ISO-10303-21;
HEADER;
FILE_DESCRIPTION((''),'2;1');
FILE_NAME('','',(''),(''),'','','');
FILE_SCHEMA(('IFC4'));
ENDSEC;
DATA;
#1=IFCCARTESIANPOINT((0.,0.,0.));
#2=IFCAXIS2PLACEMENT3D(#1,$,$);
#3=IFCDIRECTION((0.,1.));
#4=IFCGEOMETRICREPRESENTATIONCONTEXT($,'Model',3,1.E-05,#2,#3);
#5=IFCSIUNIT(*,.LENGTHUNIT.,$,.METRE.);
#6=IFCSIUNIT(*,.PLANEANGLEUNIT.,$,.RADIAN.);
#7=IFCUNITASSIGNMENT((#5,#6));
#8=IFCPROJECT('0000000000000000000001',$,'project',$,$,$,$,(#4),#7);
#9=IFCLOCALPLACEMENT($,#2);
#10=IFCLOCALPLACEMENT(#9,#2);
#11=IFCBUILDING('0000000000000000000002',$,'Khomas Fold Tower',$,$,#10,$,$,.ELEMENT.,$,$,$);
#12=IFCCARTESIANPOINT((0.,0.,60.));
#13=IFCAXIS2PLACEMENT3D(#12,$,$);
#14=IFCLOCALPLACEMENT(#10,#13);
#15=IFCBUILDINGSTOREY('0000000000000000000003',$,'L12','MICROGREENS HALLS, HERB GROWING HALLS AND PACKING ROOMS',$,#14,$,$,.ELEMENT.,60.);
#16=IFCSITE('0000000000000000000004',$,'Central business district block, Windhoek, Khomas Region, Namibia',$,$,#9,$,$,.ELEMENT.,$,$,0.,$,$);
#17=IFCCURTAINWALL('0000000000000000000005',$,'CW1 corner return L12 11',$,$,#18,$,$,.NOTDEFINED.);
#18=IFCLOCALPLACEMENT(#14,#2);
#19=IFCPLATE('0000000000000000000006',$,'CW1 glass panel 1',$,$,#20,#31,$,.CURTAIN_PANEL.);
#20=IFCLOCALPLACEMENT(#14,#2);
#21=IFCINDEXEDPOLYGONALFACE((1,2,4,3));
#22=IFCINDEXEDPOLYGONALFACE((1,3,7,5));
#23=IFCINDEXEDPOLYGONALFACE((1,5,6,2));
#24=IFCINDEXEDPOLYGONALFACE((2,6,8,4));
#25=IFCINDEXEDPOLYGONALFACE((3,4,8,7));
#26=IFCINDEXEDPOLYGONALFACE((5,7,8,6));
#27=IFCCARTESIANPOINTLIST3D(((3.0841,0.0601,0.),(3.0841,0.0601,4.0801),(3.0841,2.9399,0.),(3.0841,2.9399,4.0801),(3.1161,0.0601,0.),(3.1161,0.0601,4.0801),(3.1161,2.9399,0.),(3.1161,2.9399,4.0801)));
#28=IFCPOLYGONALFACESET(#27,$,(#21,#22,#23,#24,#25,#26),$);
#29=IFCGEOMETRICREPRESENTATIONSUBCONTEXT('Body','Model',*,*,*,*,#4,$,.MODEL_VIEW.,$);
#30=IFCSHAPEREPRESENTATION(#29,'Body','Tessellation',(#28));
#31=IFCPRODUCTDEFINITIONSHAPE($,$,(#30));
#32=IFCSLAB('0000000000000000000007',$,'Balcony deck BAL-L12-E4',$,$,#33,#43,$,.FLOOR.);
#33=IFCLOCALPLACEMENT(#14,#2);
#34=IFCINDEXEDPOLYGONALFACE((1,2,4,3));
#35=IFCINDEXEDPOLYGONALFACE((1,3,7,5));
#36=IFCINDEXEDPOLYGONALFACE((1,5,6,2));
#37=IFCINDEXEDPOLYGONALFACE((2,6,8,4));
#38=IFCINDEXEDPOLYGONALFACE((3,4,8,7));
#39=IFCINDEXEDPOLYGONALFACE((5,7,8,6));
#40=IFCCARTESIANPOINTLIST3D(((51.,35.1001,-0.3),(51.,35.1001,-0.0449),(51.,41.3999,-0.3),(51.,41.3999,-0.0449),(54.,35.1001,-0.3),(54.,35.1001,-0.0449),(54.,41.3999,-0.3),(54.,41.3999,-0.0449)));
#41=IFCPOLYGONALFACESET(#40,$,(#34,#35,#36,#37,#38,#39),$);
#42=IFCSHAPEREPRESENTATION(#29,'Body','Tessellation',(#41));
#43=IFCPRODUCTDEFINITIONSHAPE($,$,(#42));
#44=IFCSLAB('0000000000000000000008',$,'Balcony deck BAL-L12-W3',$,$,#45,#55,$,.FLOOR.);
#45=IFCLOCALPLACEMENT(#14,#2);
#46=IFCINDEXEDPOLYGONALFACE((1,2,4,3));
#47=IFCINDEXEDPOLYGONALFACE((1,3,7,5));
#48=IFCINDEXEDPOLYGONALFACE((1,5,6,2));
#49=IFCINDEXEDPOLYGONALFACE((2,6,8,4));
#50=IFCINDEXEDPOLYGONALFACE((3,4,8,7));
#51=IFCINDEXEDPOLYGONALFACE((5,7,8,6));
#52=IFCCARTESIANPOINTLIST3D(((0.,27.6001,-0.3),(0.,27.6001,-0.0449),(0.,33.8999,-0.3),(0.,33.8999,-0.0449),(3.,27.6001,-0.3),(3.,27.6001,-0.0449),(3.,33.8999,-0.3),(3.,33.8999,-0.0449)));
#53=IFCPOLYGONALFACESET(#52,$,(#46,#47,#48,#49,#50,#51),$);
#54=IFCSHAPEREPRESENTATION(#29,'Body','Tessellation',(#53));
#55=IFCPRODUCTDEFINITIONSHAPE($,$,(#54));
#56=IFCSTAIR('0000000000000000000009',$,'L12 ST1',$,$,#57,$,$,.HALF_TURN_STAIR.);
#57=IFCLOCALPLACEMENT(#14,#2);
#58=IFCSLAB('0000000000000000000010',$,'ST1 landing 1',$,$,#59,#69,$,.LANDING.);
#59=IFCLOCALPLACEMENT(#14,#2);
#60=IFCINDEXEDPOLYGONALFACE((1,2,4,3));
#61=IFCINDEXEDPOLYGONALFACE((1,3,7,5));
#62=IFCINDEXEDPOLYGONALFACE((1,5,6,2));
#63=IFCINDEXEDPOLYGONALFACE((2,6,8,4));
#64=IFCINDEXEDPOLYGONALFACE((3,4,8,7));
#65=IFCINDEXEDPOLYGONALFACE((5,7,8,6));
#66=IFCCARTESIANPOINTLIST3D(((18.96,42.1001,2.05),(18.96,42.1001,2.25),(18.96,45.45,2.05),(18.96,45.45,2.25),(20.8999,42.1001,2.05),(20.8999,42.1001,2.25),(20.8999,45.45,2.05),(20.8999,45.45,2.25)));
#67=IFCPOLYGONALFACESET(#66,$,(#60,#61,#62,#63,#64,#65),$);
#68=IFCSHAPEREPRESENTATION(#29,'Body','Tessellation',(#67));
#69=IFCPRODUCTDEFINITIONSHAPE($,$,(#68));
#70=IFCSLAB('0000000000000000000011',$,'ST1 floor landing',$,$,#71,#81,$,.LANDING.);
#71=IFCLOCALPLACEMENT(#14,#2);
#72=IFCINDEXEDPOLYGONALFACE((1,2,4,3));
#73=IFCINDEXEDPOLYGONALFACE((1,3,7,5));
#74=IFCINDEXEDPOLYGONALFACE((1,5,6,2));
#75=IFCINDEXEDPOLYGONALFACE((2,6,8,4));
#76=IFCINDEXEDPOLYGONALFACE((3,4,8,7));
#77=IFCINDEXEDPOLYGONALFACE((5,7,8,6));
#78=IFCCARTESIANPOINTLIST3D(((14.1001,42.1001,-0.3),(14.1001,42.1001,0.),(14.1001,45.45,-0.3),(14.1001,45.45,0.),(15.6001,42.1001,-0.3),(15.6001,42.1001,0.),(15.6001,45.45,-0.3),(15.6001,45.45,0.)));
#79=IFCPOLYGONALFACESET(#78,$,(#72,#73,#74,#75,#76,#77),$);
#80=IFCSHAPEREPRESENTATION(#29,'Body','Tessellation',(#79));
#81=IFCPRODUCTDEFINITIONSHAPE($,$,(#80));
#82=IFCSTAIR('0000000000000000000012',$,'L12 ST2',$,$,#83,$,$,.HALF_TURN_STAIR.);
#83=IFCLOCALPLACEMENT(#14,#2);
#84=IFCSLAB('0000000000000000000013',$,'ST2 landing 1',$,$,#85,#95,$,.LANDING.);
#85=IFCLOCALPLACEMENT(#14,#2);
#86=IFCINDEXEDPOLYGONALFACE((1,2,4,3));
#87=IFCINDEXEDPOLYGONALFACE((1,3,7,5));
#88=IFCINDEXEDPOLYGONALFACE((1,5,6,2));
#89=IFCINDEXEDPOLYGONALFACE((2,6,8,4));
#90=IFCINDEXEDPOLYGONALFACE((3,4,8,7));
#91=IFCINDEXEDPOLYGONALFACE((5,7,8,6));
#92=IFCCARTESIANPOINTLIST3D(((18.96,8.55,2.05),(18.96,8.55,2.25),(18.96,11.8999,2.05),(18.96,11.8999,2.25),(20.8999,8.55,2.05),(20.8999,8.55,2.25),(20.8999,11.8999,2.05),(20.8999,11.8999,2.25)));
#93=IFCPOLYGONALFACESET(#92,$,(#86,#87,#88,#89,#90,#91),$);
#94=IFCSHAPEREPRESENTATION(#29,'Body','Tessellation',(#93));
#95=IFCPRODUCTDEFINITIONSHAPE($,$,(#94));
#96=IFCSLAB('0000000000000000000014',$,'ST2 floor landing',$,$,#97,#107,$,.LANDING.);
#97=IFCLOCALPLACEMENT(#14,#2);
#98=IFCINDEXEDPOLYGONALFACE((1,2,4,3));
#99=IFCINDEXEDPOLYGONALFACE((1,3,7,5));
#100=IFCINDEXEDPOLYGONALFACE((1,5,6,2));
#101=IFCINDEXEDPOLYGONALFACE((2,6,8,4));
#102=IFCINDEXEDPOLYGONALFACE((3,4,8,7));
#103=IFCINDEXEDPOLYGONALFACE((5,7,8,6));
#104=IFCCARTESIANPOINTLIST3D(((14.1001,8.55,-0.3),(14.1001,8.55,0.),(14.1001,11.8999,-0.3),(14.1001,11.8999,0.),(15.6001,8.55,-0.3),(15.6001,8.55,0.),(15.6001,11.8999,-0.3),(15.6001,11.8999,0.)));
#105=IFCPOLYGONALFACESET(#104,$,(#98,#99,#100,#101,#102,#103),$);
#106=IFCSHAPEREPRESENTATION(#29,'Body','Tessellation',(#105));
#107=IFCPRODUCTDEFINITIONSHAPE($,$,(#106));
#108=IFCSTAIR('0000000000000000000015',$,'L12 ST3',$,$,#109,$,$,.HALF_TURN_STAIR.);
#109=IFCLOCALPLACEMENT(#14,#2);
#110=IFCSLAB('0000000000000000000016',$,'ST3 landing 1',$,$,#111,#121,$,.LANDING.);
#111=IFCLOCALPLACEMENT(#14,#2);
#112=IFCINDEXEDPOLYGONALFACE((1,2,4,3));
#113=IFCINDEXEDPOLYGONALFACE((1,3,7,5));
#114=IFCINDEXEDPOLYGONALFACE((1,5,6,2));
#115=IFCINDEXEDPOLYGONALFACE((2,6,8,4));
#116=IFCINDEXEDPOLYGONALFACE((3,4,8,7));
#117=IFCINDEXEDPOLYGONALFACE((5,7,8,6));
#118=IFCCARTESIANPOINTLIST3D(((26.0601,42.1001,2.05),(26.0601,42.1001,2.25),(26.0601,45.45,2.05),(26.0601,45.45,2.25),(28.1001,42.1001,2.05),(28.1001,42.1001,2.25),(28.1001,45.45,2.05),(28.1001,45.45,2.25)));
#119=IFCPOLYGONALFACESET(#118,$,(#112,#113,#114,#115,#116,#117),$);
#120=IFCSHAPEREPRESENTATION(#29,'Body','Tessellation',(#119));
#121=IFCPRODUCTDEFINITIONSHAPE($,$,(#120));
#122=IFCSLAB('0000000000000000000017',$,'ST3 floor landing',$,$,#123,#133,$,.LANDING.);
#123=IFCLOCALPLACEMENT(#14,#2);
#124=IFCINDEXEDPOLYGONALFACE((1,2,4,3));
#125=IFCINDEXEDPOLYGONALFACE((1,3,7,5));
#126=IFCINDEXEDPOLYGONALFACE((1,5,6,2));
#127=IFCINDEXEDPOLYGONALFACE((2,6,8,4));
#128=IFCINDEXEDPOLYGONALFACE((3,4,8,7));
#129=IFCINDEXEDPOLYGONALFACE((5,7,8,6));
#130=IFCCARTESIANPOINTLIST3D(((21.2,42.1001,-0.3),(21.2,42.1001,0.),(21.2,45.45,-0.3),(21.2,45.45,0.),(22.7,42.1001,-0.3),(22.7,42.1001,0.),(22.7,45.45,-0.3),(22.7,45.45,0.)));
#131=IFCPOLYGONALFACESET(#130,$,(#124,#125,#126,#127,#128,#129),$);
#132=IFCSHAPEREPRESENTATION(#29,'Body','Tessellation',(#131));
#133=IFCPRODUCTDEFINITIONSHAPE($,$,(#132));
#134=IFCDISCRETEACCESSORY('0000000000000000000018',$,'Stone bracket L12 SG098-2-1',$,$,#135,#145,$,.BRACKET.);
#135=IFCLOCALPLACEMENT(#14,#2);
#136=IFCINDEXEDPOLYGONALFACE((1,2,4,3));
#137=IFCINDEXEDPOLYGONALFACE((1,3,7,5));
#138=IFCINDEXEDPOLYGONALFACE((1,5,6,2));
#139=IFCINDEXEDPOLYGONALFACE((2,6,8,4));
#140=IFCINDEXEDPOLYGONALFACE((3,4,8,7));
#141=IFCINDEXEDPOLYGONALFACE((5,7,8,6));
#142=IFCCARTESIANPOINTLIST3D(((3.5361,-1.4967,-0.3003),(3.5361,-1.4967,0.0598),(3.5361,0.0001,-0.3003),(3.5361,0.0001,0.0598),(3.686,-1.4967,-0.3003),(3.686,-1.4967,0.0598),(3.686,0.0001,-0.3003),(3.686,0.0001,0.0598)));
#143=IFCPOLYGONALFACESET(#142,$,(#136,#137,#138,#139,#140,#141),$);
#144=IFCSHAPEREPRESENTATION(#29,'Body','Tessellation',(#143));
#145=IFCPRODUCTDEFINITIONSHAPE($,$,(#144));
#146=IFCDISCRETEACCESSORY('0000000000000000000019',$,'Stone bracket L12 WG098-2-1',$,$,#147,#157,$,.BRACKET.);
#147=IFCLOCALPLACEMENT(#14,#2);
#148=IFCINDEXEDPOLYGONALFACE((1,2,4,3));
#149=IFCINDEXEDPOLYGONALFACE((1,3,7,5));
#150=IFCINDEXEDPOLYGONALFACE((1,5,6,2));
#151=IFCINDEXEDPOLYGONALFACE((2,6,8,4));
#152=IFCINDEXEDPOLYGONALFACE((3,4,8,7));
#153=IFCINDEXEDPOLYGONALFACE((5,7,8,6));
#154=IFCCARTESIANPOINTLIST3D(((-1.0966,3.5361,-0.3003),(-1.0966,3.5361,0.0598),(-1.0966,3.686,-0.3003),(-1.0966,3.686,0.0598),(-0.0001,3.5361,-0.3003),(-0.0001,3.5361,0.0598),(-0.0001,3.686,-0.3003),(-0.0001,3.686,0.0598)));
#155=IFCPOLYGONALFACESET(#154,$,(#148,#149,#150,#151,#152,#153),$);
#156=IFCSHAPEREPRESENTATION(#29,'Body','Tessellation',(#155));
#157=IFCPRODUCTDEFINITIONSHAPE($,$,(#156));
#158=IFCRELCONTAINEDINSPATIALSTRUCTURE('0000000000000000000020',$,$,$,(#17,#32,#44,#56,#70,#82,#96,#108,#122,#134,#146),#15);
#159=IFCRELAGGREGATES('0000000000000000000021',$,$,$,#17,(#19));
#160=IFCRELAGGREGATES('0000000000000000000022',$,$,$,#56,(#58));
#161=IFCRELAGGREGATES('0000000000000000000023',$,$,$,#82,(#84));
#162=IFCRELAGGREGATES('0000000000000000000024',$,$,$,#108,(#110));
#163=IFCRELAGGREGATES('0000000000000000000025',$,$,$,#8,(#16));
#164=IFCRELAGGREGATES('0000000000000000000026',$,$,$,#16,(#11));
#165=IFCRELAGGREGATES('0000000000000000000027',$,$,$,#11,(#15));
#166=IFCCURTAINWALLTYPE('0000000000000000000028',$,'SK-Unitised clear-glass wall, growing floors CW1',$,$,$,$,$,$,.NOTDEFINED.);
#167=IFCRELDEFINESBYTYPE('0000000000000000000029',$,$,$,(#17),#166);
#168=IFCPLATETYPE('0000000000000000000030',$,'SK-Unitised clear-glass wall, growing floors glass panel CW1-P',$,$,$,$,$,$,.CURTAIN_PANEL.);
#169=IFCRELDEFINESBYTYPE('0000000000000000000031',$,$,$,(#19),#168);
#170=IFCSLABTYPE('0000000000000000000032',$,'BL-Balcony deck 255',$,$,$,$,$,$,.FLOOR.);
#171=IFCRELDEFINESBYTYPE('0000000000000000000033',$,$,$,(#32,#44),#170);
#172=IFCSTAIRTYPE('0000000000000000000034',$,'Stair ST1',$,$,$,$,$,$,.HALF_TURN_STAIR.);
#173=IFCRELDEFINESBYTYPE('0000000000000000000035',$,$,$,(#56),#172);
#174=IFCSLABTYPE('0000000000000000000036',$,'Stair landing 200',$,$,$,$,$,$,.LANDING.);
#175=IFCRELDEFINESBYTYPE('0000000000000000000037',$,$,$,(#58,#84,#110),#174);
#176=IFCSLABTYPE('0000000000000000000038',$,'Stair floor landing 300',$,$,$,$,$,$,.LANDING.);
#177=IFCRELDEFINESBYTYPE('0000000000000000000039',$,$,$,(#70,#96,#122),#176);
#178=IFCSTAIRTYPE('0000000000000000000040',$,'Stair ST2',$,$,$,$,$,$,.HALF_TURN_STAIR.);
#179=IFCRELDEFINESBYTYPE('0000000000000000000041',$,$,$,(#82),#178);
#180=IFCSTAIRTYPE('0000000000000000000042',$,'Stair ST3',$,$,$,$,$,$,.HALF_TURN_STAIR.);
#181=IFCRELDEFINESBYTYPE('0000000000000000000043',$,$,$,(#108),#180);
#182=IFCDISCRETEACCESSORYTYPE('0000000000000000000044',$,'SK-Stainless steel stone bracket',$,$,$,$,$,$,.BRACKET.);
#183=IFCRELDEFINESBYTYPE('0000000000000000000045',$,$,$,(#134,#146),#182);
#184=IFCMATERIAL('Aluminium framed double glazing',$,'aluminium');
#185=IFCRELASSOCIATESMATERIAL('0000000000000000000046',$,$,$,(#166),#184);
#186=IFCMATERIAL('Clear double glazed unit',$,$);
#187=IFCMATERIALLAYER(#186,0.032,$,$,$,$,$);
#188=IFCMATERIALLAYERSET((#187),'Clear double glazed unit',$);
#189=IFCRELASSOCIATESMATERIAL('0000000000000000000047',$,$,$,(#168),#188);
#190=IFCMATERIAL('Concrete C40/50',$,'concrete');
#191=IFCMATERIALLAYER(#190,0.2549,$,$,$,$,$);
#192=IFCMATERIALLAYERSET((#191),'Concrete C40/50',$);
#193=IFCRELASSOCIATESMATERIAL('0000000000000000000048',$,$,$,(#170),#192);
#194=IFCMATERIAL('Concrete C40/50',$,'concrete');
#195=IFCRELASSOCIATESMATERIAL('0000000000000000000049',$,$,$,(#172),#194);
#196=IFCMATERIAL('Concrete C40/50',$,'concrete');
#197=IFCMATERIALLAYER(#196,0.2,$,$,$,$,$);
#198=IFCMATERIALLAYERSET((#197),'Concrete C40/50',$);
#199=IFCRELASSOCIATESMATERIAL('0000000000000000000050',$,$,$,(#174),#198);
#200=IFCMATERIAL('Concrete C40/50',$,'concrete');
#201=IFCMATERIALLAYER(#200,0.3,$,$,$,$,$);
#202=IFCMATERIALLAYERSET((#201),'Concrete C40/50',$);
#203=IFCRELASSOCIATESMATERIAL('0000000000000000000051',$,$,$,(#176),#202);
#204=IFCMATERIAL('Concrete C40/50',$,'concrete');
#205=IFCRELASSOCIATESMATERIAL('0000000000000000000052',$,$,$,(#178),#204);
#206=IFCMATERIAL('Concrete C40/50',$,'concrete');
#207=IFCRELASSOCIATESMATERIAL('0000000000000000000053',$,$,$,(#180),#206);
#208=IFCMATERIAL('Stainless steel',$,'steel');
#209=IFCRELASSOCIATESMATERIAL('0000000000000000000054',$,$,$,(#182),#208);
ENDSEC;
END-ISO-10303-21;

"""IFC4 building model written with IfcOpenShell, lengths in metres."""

from ifc_helpers import new_model, si_unit, direction, frame, origin, origin_2d, place, context, subcontext, project, spatial, polyline, rectangle, outline, extrude, source, transform, mapped, material, layer, layer_set, type_object, element, aggregate, save


model = new_model("IFC4")

# Units and contexts
model_context = context("Model", 3, precision=1e-05, world=origin(), true_north=direction((0.0, 1.0)))
body_context = subcontext(model_context, "Body", "Model", "MODEL_VIEW")
ifc_project = project(units=[si_unit("LENGTHUNIT", "METRE"), si_unit("PLANEANGLEUNIT", "RADIAN")], contexts=[model_context])

# Site, building, storey
site_placement = place(None, origin())
site = spatial("IfcSite", under=ifc_project, at=site_placement, Name="Central business district block, Windhoek, Khomas Region, Namibia", CompositionType="ELEMENT", RefElevation=0.0)
building_placement = place(site_placement, origin())
building = spatial("IfcBuilding", under=site, at=building_placement, Name="Khomas Fold Tower", CompositionType="ELEMENT")
storey_placement = place(building_placement, frame((0.0, 0.0, 60.0)))
storey = spatial("IfcBuildingStorey", under=building, at=storey_placement, Name="L12", Description="MICROGREENS HALLS, HERB GROWING HALLS AND PACKING ROOMS", CompositionType="ELEMENT", Elevation=60.0)

# Curtain wall
ifc_material_1 = material(Name="Aluminium framed double glazing", Category="aluminium")
curtain_wall_type = type_object("IfcCurtainWallType", Name="SK-Unitised clear-glass wall, growing floors CW1", PredefinedType="NOTDEFINED", material=ifc_material_1)
curtain_wall_1_placement = place(storey_placement, origin())
curtain_wall_1 = element("IfcCurtainWall", 1, at=curtain_wall_1_placement, inside=storey, type_object=curtain_wall_type, Name="CW1 corner return L12 11", PredefinedType="NOTDEFINED")

# Plate
ifc_material_2 = material(Name="Clear double glazed unit")
ifc_layer_1 = layer(ifc_material_2, 0.032)
ifc_layer_set_1 = layer_set([ifc_layer_1], Name="Clear double glazed unit")
plate_type_1 = type_object("IfcPlateType", Name="SK-Unitised clear-glass wall, growing floors glass panel CW1-P", PredefinedType="CURTAIN_PANEL", material=ifc_layer_set_1)
shared_shape_1 = source(origin(), body_context, "Body", "SweptSolid", [
    extrude(rectangle(XDim=2.8799, YDim=0.032, at=origin_2d()), origin(), (0.0, 0.0, 1.0), 4.0801),
])
plate_1_placement = place(storey_placement, frame((3.1001, 1.5, 0.0), z_axis=(0.0, 0.0, 1.0), x_axis=(0.0, -1.0, 0.0)))
plate_1 = element("IfcPlate", 2, at=plate_1_placement, type_object=plate_type_1, Name="CW1 glass panel 1", PredefinedType="CURTAIN_PANEL", context=body_context, shape_type="MappedRepresentation", body=[
    mapped(shared_shape_1, transform((0.0, 0.0, 0.0))),
])
aggregate(curtain_wall_1, [plate_1])

# Slabs
ifc_material_3 = material(Name="Concrete C40/50", Category="concrete")
ifc_layer_2 = layer(ifc_material_3, 0.2549)
ifc_layer_set_2 = layer_set([ifc_layer_2], Name="Concrete C40/50")
slab_type_1 = type_object("IfcSlabType", Name="BL-Balcony deck 255", PredefinedType="FLOOR", material=ifc_layer_set_2)
shared_shape_2 = source(origin(), body_context, "Body", "SweptSolid", [
    extrude(outline(polyline([(51.0, 35.1001), (54.0, 35.1001), (54.0, 41.3999), (51.0, 41.3999), (51.0, 35.1001)])), origin(), (0.0, 0.0, 1.0), 0.2551),
])
slab_1_placement = place(storey_placement, frame((0.0, 0.0, -0.3)))
element("IfcSlab", 3, at=slab_1_placement, inside=storey, type_object=slab_type_1, Name="Balcony deck BAL-L12-E4", PredefinedType="FLOOR", context=body_context, shape_type="MappedRepresentation", body=[
    mapped(shared_shape_2, transform((0.0, 0.0, 0.0))),
])
shared_shape_3 = source(origin(), body_context, "Body", "SweptSolid", [
    extrude(outline(polyline([(0.0, 27.6001), (3.0, 27.6001), (3.0, 33.8999), (0.0, 33.8999), (0.0, 27.6001)])), origin(), (0.0, 0.0, 1.0), 0.2551),
])
slab_2_placement = place(storey_placement, frame((0.0, 0.0, -0.3)))
element("IfcSlab", 4, at=slab_2_placement, inside=storey, type_object=slab_type_1, Name="Balcony deck BAL-L12-W3", PredefinedType="FLOOR", context=body_context, shape_type="MappedRepresentation", body=[
    mapped(shared_shape_3, transform((0.0, 0.0, 0.0))),
])

# Stair, slab
ifc_material_4 = material(Name="Concrete C40/50", Category="concrete")
stair_type_1 = type_object("IfcStairType", Name="Stair ST1", PredefinedType="HALF_TURN_STAIR", material=ifc_material_4)
stair_1_placement = place(storey_placement, origin())
stair_1 = element("IfcStair", 5, at=stair_1_placement, inside=storey, type_object=stair_type_1, Name="L12 ST1", PredefinedType="HALF_TURN_STAIR")
ifc_material_5 = material(Name="Concrete C40/50", Category="concrete")
ifc_layer_3 = layer(ifc_material_5, 0.2)
ifc_layer_set_3 = layer_set([ifc_layer_3], Name="Concrete C40/50")
slab_type_2 = type_object("IfcSlabType", Name="Stair landing 200", PredefinedType="LANDING", material=ifc_layer_set_3)
shared_shape_4 = source(origin(), body_context, "Body", "SweptSolid", [
    extrude(outline(polyline([(18.96, 42.1001), (20.8999, 42.1001), (20.8999, 45.45), (18.96, 45.45), (18.96, 42.1001)])), origin(), (0.0, 0.0, 1.0), 0.2),
])
slab_3_placement = place(storey_placement, frame((0.0, 0.0, 2.05)))
slab_3 = element("IfcSlab", 6, at=slab_3_placement, type_object=slab_type_2, Name="ST1 landing 1", PredefinedType="LANDING", context=body_context, shape_type="MappedRepresentation", body=[
    mapped(shared_shape_4, transform((0.0, 0.0, 0.0))),
])
aggregate(stair_1, [slab_3])

# Slab
ifc_material_6 = material(Name="Concrete C40/50", Category="concrete")
ifc_layer_4 = layer(ifc_material_6, 0.3)
ifc_layer_set_4 = layer_set([ifc_layer_4], Name="Concrete C40/50")
slab_type_3 = type_object("IfcSlabType", Name="Stair floor landing 300", PredefinedType="LANDING", material=ifc_layer_set_4)
shared_shape_5 = source(origin(), body_context, "Body", "SweptSolid", [
    extrude(outline(polyline([(15.6001, 42.1001), (14.1001, 42.1001), (14.1001, 45.45), (15.6001, 45.45), (15.6001, 42.1001)])), origin(), (0.0, 0.0, 1.0), 0.3),
])
slab_4_placement = place(storey_placement, frame((0.0, 0.0, -0.3)))
element("IfcSlab", 7, at=slab_4_placement, inside=storey, type_object=slab_type_3, Name="ST1 floor landing", PredefinedType="LANDING", context=body_context, shape_type="MappedRepresentation", body=[
    mapped(shared_shape_5, transform((0.0, 0.0, 0.0))),
])

# Stair, slab
ifc_material_7 = material(Name="Concrete C40/50", Category="concrete")
stair_type_2 = type_object("IfcStairType", Name="Stair ST2", PredefinedType="HALF_TURN_STAIR", material=ifc_material_7)
stair_2_placement = place(storey_placement, origin())
stair_2 = element("IfcStair", 8, at=stair_2_placement, inside=storey, type_object=stair_type_2, Name="L12 ST2", PredefinedType="HALF_TURN_STAIR")
shared_shape_6 = source(origin(), body_context, "Body", "SweptSolid", [
    extrude(outline(polyline([(18.96, 8.55), (20.8999, 8.55), (20.8999, 11.8999), (18.96, 11.8999), (18.96, 8.55)])), origin(), (0.0, 0.0, 1.0), 0.2),
])
slab_5_placement = place(storey_placement, frame((0.0, 0.0, 2.05)))
slab_5 = element("IfcSlab", 9, at=slab_5_placement, type_object=slab_type_2, Name="ST2 landing 1", PredefinedType="LANDING", context=body_context, shape_type="MappedRepresentation", body=[
    mapped(shared_shape_6, transform((0.0, 0.0, 0.0))),
])
aggregate(stair_2, [slab_5])

# Slab
shared_shape_7 = source(origin(), body_context, "Body", "SweptSolid", [
    extrude(outline(polyline([(15.6001, 8.55), (14.1001, 8.55), (14.1001, 11.8999), (15.6001, 11.8999), (15.6001, 8.55)])), origin(), (0.0, 0.0, 1.0), 0.3),
])
slab_6_placement = place(storey_placement, frame((0.0, 0.0, -0.3)))
element("IfcSlab", 10, at=slab_6_placement, inside=storey, type_object=slab_type_3, Name="ST2 floor landing", PredefinedType="LANDING", context=body_context, shape_type="MappedRepresentation", body=[
    mapped(shared_shape_7, transform((0.0, 0.0, 0.0))),
])

# Stair, slab
ifc_material_8 = material(Name="Concrete C40/50", Category="concrete")
stair_type_3 = type_object("IfcStairType", Name="Stair ST3", PredefinedType="HALF_TURN_STAIR", material=ifc_material_8)
stair_3_placement = place(storey_placement, origin())
stair_3 = element("IfcStair", 11, at=stair_3_placement, inside=storey, type_object=stair_type_3, Name="L12 ST3", PredefinedType="HALF_TURN_STAIR")
shared_shape_8 = source(origin(), body_context, "Body", "SweptSolid", [
    extrude(outline(polyline([(26.0601, 42.1001), (28.1001, 42.1001), (28.1001, 45.45), (26.0601, 45.45), (26.0601, 42.1001)])), origin(), (0.0, 0.0, 1.0), 0.2),
])
slab_7_placement = place(storey_placement, frame((0.0, 0.0, 2.05)))
slab_7 = element("IfcSlab", 12, at=slab_7_placement, type_object=slab_type_2, Name="ST3 landing 1", PredefinedType="LANDING", context=body_context, shape_type="MappedRepresentation", body=[
    mapped(shared_shape_8, transform((0.0, 0.0, 0.0))),
])
aggregate(stair_3, [slab_7])

# Slab
shared_shape_9 = source(origin(), body_context, "Body", "SweptSolid", [
    extrude(outline(polyline([(22.7, 42.1001), (21.2, 42.1001), (21.2, 45.45), (22.7, 45.45), (22.7, 42.1001)])), origin(), (0.0, 0.0, 1.0), 0.3),
])
slab_8_placement = place(storey_placement, frame((0.0, 0.0, -0.3)))
element("IfcSlab", 13, at=slab_8_placement, inside=storey, type_object=slab_type_3, Name="ST3 floor landing", PredefinedType="LANDING", context=body_context, shape_type="MappedRepresentation", body=[
    mapped(shared_shape_9, transform((0.0, 0.0, 0.0))),
])

# Discrete accessories
ifc_material_9 = material(Name="Stainless steel", Category="steel")
discrete_accessory_type = type_object("IfcDiscreteAccessoryType", Name="SK-Stainless steel stone bracket", PredefinedType="BRACKET", material=ifc_material_9)
shared_shape_10 = source(origin(), body_context, "Body", "SweptSolid", [
    extrude(rectangle(XDim=1.4968, YDim=0.1499, at=origin_2d()), origin(), (0.0, 0.0, 1.0), 0.3601),
])
discrete_accessory_1_placement = place(storey_placement, frame((3.6111, -0.7483, -0.3003), z_axis=(0.0, 0.0, 1.0), x_axis=(0.0, -1.0, 0.0)))
element("IfcDiscreteAccessory", 14, at=discrete_accessory_1_placement, inside=storey, type_object=discrete_accessory_type, Name="Stone bracket L12 SG098-2-1", PredefinedType="BRACKET", context=body_context, shape_type="MappedRepresentation", body=[
    mapped(shared_shape_10, transform((0.0, 0.0, 0.0))),
])
shared_shape_11 = source(origin(), body_context, "Body", "SweptSolid", [
    extrude(rectangle(XDim=1.0964, YDim=0.1499, at=origin_2d()), origin(), (0.0, 0.0, 1.0), 0.3601),
])
discrete_accessory_2_placement = place(storey_placement, frame((-0.5483, 3.6111, -0.3003), z_axis=(0.0, 0.0, 1.0), x_axis=(-1.0, 0.0, 0.0)))
element("IfcDiscreteAccessory", 15, at=discrete_accessory_2_placement, inside=storey, type_object=discrete_accessory_type, Name="Stone bracket L12 WG098-2-1", PredefinedType="BRACKET", context=body_context, shape_type="MappedRepresentation", body=[
    mapped(shared_shape_11, transform((0.0, 0.0, 0.0))),
])

save(model, "model.ifc")
